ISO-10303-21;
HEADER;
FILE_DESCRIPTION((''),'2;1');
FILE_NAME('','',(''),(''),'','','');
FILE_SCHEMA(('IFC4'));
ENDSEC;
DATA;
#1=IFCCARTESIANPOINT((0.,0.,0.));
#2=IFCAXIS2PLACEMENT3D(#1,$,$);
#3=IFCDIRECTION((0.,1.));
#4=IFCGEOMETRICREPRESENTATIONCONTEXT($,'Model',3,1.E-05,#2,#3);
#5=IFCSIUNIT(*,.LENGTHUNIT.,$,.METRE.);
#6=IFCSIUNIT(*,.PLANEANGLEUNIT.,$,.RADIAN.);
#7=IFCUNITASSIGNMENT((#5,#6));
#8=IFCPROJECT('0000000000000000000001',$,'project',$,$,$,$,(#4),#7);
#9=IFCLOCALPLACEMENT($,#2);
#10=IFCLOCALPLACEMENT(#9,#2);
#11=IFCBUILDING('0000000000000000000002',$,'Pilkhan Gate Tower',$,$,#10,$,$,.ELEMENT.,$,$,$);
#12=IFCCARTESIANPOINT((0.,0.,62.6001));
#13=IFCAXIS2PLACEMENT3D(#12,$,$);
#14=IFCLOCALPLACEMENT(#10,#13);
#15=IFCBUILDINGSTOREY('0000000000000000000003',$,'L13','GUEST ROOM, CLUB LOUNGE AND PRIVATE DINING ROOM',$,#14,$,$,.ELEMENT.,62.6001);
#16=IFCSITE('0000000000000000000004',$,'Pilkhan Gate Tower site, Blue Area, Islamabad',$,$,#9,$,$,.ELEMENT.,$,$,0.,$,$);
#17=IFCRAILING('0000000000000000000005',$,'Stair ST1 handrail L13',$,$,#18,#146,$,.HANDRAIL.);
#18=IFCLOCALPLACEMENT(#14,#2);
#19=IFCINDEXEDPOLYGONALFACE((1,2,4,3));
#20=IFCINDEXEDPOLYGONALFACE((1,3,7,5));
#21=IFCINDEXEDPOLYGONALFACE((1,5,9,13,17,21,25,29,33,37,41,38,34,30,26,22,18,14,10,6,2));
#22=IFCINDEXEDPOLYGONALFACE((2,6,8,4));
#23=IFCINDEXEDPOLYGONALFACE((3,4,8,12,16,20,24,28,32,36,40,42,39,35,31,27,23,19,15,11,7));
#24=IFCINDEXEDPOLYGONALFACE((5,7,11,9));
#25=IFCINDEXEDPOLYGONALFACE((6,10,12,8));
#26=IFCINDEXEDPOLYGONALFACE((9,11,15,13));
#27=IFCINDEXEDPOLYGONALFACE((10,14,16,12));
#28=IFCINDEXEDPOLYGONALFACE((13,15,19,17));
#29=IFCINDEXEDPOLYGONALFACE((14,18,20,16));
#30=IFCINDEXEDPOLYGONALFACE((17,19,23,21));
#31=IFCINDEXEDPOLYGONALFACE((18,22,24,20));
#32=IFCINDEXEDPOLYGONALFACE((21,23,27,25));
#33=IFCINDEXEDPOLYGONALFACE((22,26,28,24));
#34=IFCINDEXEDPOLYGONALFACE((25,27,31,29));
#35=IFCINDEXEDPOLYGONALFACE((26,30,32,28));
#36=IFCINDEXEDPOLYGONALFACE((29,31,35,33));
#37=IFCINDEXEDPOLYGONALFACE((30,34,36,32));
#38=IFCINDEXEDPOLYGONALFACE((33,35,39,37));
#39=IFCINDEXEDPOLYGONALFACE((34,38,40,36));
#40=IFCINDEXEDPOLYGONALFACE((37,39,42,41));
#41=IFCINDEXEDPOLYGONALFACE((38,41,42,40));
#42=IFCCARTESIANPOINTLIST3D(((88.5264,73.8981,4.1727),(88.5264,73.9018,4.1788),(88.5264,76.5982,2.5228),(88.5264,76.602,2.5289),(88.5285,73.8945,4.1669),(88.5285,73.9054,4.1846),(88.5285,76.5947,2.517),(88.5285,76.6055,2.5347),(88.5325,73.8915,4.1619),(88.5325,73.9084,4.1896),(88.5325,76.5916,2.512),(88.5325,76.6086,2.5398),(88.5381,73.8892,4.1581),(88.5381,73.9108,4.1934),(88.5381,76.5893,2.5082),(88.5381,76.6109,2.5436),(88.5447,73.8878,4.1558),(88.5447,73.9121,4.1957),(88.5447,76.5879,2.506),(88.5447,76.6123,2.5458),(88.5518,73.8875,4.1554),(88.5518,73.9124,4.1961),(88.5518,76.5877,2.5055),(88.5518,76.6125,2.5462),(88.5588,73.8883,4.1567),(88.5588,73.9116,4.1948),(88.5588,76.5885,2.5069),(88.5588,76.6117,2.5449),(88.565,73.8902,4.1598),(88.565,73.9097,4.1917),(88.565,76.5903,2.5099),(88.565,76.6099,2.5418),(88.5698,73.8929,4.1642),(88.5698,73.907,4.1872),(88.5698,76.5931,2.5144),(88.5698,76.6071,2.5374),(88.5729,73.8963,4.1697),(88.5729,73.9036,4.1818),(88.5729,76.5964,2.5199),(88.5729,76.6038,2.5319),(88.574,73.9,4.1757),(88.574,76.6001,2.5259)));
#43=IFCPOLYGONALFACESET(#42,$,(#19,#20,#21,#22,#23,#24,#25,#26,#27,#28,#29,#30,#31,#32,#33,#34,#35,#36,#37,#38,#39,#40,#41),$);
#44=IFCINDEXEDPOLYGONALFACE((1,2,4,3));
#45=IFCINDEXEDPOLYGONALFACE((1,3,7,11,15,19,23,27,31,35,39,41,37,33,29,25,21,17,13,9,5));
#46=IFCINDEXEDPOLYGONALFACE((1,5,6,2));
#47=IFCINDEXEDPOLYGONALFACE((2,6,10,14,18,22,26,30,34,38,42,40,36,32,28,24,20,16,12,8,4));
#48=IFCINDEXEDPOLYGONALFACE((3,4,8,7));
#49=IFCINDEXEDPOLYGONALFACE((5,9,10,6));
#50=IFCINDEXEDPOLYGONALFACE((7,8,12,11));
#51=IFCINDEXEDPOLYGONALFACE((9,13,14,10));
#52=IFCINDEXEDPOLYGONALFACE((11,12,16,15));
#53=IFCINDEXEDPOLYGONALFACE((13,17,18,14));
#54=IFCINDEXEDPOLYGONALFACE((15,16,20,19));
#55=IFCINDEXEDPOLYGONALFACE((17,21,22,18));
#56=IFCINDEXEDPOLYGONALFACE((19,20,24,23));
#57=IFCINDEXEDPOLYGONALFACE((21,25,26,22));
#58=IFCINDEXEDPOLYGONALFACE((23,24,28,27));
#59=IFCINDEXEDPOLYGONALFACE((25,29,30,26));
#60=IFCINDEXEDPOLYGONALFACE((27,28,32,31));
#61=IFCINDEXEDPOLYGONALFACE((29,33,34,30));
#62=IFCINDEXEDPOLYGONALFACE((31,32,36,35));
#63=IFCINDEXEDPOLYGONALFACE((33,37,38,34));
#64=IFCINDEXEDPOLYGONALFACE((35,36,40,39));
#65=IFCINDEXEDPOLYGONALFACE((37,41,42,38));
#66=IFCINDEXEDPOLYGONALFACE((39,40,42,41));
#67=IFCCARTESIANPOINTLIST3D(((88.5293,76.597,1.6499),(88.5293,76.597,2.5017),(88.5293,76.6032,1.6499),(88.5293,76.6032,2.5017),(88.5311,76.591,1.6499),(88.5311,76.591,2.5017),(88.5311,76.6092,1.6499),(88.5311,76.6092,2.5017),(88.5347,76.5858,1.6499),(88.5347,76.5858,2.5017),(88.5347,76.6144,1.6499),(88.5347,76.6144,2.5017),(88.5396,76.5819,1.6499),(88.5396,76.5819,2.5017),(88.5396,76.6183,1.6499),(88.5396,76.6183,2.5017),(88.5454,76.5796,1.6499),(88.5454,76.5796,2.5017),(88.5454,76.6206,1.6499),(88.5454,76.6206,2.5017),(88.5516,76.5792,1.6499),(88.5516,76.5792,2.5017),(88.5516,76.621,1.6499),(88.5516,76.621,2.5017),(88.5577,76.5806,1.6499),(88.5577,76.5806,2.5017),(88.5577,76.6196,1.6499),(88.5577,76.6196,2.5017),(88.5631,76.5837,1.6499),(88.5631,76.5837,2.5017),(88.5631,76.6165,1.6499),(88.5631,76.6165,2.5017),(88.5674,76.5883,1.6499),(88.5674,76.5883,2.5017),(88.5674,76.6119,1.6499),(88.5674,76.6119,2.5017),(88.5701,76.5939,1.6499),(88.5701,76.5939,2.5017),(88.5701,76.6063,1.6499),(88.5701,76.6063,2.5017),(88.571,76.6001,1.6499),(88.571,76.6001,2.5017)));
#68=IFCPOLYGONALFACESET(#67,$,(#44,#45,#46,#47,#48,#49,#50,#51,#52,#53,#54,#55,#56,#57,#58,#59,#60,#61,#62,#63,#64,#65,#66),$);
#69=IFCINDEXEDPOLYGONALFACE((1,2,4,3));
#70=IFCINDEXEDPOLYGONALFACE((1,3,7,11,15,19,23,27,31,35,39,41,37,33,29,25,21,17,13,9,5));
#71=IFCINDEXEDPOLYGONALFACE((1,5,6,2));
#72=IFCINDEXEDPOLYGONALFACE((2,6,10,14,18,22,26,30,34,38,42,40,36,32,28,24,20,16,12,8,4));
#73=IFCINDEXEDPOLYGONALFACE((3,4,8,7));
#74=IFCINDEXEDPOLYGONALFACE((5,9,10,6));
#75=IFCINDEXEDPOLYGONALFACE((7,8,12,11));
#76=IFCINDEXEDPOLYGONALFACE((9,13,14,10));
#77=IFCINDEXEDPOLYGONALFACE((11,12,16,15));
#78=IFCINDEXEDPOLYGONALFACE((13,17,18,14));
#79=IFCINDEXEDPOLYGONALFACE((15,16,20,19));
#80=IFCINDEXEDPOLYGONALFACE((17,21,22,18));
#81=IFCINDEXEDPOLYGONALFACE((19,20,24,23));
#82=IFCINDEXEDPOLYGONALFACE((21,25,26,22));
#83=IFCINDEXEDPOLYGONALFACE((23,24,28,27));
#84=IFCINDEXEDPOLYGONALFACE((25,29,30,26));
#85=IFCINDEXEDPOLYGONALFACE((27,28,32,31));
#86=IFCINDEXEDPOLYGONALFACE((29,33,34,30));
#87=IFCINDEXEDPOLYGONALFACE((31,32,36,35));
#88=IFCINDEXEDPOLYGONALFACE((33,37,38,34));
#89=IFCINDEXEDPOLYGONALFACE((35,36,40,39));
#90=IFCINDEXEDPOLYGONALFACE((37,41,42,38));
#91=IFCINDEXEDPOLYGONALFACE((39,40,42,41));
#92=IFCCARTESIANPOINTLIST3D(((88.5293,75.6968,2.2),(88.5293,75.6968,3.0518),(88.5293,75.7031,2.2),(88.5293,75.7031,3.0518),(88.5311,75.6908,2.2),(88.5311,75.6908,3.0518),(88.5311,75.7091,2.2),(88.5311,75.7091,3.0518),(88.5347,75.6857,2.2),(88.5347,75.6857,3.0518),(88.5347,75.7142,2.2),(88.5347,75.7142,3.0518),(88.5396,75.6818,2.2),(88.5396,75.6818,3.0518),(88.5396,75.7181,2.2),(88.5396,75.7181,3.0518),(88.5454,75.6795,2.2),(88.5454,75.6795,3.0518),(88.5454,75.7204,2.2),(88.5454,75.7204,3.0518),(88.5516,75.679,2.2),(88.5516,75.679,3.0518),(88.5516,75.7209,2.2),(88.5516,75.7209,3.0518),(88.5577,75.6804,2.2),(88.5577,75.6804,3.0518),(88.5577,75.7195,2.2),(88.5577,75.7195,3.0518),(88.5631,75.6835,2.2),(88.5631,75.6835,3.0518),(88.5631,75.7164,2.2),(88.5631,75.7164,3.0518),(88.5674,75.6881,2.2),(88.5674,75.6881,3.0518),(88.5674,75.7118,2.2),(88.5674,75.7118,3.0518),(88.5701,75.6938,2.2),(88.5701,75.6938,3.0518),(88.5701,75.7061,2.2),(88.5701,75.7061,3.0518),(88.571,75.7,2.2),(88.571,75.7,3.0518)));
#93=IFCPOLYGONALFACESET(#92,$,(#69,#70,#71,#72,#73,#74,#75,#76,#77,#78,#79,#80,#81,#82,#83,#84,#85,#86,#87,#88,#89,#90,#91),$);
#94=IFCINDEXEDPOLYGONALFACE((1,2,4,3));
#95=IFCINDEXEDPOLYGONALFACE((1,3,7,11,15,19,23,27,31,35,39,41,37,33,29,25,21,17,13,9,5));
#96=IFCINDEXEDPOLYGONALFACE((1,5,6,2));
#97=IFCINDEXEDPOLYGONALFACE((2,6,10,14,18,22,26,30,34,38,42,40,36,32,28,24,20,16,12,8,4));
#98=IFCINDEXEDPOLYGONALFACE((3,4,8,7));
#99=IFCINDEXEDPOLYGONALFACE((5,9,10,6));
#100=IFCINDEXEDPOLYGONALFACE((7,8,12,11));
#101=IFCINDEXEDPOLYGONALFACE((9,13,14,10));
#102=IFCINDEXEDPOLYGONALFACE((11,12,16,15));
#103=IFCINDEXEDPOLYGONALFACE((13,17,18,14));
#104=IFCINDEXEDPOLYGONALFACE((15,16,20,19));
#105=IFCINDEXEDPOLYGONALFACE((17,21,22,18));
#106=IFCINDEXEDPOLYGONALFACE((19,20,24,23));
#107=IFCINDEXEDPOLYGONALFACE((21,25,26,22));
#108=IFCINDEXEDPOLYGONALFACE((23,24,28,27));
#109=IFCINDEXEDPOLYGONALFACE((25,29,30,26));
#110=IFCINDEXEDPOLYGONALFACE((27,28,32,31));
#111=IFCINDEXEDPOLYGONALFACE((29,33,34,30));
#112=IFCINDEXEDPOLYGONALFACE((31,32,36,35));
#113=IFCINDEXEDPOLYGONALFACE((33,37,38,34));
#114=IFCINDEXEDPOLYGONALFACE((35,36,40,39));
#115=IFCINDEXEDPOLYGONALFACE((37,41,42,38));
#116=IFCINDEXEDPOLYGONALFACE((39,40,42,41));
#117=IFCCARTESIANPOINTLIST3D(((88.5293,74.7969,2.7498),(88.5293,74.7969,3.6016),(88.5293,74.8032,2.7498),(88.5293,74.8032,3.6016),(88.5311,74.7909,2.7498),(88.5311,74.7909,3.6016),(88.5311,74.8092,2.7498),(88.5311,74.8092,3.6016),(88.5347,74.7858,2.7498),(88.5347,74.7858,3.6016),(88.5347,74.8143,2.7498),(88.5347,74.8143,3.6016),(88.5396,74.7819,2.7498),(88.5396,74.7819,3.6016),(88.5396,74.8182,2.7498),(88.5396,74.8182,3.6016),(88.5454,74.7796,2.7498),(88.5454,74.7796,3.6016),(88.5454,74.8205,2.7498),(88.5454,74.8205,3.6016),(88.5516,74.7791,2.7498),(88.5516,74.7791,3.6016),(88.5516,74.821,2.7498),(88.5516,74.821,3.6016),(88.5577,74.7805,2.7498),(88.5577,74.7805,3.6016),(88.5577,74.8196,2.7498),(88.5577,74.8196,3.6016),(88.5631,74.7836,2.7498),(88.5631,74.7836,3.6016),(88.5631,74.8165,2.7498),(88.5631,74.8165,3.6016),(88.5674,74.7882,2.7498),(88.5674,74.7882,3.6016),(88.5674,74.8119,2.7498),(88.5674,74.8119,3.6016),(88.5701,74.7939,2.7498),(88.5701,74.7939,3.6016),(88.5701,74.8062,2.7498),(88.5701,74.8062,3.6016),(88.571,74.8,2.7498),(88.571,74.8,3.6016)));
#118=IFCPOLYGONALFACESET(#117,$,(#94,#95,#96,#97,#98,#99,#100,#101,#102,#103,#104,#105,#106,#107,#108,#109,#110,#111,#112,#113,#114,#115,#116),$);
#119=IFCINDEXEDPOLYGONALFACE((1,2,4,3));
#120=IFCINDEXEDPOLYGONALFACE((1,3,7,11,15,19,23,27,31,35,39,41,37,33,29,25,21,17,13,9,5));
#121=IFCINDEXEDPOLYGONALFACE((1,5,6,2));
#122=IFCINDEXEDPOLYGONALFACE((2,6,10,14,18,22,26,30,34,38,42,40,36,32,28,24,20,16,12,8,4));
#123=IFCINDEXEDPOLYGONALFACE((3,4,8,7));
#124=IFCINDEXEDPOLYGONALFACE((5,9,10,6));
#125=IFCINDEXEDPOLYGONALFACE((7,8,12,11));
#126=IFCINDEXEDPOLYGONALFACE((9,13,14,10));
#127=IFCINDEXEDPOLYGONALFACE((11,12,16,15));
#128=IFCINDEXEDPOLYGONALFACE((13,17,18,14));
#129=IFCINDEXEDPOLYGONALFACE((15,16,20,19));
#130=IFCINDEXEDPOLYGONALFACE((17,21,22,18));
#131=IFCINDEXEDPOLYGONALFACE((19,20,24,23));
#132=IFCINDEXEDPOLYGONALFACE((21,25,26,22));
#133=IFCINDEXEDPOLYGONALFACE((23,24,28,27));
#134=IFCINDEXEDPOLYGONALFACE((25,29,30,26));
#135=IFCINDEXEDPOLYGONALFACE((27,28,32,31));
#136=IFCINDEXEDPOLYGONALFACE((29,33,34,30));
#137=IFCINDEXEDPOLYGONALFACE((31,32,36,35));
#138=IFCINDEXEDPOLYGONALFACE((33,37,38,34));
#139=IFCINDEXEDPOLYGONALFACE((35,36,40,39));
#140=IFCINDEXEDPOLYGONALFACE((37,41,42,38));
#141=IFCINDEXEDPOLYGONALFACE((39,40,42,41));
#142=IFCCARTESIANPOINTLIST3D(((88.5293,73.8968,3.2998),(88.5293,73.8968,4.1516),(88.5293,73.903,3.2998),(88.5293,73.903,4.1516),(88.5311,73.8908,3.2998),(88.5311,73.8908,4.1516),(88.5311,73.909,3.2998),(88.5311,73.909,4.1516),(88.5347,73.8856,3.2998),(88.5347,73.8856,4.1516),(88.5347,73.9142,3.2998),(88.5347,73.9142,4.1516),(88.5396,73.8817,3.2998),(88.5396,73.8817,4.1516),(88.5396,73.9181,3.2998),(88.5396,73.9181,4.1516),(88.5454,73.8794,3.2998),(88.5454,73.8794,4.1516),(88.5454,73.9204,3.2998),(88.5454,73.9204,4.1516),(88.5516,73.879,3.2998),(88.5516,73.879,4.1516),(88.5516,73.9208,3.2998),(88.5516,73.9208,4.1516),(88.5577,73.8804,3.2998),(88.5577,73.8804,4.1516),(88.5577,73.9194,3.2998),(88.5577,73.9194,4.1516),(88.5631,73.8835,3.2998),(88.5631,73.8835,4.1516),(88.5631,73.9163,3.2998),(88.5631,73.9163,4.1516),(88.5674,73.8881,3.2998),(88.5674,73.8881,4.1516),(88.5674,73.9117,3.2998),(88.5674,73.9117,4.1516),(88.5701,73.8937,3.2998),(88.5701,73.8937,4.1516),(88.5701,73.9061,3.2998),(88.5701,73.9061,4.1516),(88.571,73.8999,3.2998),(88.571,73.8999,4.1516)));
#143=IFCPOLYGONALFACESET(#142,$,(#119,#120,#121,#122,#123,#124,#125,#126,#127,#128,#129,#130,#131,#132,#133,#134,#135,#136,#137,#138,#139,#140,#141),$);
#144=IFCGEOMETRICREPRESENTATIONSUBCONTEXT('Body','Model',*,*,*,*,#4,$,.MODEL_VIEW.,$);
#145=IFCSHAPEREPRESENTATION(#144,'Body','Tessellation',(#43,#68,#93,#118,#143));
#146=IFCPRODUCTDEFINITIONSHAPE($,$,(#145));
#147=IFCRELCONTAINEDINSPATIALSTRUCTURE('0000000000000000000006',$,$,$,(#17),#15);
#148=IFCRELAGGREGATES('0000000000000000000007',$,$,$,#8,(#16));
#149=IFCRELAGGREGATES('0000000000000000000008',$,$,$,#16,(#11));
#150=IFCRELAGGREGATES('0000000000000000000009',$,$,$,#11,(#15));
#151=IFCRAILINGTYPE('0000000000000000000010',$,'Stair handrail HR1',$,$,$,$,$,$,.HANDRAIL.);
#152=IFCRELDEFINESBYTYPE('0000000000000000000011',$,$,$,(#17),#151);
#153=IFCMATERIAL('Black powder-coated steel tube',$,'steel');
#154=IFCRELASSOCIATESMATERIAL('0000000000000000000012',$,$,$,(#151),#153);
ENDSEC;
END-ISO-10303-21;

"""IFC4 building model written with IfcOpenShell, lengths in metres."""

from ifc_helpers import new_model, si_unit, direction, frame, origin, origin_2d, place, context, subcontext, project, spatial, circle, extrude, material, type_object, element, save


model = new_model("IFC4")

# Units and contexts
model_context = context("Model", 3, precision=1e-05, world=origin(), true_north=direction((0.0, 1.0)))
body_context = subcontext(model_context, "Body", "Model", "MODEL_VIEW")
ifc_project = project(units=[si_unit("LENGTHUNIT", "METRE"), si_unit("PLANEANGLEUNIT", "RADIAN")], contexts=[model_context])

# Site, building, storey
site_placement = place(None, origin())
site = spatial("IfcSite", under=ifc_project, at=site_placement, Name="Pilkhan Gate Tower site, Blue Area, Islamabad", CompositionType="ELEMENT", RefElevation=0.0)
building_placement = place(site_placement, origin())
building = spatial("IfcBuilding", under=site, at=building_placement, Name="Pilkhan Gate Tower", CompositionType="ELEMENT")
storey_placement = place(building_placement, frame((0.0, 0.0, 62.6001)))
storey = spatial("IfcBuildingStorey", under=building, at=storey_placement, Name="L13", Description="GUEST ROOM, CLUB LOUNGE AND PRIVATE DINING ROOM", CompositionType="ELEMENT", Elevation=62.6001)

# Railing
ifc_material_1 = material(Name="Black powder-coated steel tube", Category="steel")
railing_type_1 = type_object("IfcRailingType", Name="Stair handrail HR1", PredefinedType="HANDRAIL", material=ifc_material_1)
railing_1_placement = place(storey_placement, frame((88.55, 76.6001, 1.6499)))
element("IfcRailing", 1, at=railing_1_placement, inside=storey, type_object=railing_type_1, Name="Stair ST1 handrail L13", PredefinedType="HANDRAIL", context=body_context, shape_type="SweptSolid", body=[
    extrude(circle(Radius=0.0239, at=origin_2d()), frame((0.0, 0.0, 0.876), z_axis=(0.0, -0.853312, 0.5214), x_axis=(1.0, 0.0, 0.0)), (0.0, 0.0, 1.0), 3.1643),
    extrude(circle(Radius=0.021, at=origin_2d()), origin(), (0.0, 0.0, 1.0), 0.8518),
    extrude(circle(Radius=0.021, at=origin_2d()), frame((0.0, -0.9001, 0.55)), (0.0, 0.0, 1.0), 0.8518),
    extrude(circle(Radius=0.021, at=origin_2d()), frame((0.0, -1.8, 1.0999)), (0.0, 0.0, 1.0), 0.8518),
    extrude(circle(Radius=0.021, at=origin_2d()), frame((0.0, -2.7002, 1.6499)), (0.0, 0.0, 1.0), 0.8518),
])

save(model, "model.ifc")
